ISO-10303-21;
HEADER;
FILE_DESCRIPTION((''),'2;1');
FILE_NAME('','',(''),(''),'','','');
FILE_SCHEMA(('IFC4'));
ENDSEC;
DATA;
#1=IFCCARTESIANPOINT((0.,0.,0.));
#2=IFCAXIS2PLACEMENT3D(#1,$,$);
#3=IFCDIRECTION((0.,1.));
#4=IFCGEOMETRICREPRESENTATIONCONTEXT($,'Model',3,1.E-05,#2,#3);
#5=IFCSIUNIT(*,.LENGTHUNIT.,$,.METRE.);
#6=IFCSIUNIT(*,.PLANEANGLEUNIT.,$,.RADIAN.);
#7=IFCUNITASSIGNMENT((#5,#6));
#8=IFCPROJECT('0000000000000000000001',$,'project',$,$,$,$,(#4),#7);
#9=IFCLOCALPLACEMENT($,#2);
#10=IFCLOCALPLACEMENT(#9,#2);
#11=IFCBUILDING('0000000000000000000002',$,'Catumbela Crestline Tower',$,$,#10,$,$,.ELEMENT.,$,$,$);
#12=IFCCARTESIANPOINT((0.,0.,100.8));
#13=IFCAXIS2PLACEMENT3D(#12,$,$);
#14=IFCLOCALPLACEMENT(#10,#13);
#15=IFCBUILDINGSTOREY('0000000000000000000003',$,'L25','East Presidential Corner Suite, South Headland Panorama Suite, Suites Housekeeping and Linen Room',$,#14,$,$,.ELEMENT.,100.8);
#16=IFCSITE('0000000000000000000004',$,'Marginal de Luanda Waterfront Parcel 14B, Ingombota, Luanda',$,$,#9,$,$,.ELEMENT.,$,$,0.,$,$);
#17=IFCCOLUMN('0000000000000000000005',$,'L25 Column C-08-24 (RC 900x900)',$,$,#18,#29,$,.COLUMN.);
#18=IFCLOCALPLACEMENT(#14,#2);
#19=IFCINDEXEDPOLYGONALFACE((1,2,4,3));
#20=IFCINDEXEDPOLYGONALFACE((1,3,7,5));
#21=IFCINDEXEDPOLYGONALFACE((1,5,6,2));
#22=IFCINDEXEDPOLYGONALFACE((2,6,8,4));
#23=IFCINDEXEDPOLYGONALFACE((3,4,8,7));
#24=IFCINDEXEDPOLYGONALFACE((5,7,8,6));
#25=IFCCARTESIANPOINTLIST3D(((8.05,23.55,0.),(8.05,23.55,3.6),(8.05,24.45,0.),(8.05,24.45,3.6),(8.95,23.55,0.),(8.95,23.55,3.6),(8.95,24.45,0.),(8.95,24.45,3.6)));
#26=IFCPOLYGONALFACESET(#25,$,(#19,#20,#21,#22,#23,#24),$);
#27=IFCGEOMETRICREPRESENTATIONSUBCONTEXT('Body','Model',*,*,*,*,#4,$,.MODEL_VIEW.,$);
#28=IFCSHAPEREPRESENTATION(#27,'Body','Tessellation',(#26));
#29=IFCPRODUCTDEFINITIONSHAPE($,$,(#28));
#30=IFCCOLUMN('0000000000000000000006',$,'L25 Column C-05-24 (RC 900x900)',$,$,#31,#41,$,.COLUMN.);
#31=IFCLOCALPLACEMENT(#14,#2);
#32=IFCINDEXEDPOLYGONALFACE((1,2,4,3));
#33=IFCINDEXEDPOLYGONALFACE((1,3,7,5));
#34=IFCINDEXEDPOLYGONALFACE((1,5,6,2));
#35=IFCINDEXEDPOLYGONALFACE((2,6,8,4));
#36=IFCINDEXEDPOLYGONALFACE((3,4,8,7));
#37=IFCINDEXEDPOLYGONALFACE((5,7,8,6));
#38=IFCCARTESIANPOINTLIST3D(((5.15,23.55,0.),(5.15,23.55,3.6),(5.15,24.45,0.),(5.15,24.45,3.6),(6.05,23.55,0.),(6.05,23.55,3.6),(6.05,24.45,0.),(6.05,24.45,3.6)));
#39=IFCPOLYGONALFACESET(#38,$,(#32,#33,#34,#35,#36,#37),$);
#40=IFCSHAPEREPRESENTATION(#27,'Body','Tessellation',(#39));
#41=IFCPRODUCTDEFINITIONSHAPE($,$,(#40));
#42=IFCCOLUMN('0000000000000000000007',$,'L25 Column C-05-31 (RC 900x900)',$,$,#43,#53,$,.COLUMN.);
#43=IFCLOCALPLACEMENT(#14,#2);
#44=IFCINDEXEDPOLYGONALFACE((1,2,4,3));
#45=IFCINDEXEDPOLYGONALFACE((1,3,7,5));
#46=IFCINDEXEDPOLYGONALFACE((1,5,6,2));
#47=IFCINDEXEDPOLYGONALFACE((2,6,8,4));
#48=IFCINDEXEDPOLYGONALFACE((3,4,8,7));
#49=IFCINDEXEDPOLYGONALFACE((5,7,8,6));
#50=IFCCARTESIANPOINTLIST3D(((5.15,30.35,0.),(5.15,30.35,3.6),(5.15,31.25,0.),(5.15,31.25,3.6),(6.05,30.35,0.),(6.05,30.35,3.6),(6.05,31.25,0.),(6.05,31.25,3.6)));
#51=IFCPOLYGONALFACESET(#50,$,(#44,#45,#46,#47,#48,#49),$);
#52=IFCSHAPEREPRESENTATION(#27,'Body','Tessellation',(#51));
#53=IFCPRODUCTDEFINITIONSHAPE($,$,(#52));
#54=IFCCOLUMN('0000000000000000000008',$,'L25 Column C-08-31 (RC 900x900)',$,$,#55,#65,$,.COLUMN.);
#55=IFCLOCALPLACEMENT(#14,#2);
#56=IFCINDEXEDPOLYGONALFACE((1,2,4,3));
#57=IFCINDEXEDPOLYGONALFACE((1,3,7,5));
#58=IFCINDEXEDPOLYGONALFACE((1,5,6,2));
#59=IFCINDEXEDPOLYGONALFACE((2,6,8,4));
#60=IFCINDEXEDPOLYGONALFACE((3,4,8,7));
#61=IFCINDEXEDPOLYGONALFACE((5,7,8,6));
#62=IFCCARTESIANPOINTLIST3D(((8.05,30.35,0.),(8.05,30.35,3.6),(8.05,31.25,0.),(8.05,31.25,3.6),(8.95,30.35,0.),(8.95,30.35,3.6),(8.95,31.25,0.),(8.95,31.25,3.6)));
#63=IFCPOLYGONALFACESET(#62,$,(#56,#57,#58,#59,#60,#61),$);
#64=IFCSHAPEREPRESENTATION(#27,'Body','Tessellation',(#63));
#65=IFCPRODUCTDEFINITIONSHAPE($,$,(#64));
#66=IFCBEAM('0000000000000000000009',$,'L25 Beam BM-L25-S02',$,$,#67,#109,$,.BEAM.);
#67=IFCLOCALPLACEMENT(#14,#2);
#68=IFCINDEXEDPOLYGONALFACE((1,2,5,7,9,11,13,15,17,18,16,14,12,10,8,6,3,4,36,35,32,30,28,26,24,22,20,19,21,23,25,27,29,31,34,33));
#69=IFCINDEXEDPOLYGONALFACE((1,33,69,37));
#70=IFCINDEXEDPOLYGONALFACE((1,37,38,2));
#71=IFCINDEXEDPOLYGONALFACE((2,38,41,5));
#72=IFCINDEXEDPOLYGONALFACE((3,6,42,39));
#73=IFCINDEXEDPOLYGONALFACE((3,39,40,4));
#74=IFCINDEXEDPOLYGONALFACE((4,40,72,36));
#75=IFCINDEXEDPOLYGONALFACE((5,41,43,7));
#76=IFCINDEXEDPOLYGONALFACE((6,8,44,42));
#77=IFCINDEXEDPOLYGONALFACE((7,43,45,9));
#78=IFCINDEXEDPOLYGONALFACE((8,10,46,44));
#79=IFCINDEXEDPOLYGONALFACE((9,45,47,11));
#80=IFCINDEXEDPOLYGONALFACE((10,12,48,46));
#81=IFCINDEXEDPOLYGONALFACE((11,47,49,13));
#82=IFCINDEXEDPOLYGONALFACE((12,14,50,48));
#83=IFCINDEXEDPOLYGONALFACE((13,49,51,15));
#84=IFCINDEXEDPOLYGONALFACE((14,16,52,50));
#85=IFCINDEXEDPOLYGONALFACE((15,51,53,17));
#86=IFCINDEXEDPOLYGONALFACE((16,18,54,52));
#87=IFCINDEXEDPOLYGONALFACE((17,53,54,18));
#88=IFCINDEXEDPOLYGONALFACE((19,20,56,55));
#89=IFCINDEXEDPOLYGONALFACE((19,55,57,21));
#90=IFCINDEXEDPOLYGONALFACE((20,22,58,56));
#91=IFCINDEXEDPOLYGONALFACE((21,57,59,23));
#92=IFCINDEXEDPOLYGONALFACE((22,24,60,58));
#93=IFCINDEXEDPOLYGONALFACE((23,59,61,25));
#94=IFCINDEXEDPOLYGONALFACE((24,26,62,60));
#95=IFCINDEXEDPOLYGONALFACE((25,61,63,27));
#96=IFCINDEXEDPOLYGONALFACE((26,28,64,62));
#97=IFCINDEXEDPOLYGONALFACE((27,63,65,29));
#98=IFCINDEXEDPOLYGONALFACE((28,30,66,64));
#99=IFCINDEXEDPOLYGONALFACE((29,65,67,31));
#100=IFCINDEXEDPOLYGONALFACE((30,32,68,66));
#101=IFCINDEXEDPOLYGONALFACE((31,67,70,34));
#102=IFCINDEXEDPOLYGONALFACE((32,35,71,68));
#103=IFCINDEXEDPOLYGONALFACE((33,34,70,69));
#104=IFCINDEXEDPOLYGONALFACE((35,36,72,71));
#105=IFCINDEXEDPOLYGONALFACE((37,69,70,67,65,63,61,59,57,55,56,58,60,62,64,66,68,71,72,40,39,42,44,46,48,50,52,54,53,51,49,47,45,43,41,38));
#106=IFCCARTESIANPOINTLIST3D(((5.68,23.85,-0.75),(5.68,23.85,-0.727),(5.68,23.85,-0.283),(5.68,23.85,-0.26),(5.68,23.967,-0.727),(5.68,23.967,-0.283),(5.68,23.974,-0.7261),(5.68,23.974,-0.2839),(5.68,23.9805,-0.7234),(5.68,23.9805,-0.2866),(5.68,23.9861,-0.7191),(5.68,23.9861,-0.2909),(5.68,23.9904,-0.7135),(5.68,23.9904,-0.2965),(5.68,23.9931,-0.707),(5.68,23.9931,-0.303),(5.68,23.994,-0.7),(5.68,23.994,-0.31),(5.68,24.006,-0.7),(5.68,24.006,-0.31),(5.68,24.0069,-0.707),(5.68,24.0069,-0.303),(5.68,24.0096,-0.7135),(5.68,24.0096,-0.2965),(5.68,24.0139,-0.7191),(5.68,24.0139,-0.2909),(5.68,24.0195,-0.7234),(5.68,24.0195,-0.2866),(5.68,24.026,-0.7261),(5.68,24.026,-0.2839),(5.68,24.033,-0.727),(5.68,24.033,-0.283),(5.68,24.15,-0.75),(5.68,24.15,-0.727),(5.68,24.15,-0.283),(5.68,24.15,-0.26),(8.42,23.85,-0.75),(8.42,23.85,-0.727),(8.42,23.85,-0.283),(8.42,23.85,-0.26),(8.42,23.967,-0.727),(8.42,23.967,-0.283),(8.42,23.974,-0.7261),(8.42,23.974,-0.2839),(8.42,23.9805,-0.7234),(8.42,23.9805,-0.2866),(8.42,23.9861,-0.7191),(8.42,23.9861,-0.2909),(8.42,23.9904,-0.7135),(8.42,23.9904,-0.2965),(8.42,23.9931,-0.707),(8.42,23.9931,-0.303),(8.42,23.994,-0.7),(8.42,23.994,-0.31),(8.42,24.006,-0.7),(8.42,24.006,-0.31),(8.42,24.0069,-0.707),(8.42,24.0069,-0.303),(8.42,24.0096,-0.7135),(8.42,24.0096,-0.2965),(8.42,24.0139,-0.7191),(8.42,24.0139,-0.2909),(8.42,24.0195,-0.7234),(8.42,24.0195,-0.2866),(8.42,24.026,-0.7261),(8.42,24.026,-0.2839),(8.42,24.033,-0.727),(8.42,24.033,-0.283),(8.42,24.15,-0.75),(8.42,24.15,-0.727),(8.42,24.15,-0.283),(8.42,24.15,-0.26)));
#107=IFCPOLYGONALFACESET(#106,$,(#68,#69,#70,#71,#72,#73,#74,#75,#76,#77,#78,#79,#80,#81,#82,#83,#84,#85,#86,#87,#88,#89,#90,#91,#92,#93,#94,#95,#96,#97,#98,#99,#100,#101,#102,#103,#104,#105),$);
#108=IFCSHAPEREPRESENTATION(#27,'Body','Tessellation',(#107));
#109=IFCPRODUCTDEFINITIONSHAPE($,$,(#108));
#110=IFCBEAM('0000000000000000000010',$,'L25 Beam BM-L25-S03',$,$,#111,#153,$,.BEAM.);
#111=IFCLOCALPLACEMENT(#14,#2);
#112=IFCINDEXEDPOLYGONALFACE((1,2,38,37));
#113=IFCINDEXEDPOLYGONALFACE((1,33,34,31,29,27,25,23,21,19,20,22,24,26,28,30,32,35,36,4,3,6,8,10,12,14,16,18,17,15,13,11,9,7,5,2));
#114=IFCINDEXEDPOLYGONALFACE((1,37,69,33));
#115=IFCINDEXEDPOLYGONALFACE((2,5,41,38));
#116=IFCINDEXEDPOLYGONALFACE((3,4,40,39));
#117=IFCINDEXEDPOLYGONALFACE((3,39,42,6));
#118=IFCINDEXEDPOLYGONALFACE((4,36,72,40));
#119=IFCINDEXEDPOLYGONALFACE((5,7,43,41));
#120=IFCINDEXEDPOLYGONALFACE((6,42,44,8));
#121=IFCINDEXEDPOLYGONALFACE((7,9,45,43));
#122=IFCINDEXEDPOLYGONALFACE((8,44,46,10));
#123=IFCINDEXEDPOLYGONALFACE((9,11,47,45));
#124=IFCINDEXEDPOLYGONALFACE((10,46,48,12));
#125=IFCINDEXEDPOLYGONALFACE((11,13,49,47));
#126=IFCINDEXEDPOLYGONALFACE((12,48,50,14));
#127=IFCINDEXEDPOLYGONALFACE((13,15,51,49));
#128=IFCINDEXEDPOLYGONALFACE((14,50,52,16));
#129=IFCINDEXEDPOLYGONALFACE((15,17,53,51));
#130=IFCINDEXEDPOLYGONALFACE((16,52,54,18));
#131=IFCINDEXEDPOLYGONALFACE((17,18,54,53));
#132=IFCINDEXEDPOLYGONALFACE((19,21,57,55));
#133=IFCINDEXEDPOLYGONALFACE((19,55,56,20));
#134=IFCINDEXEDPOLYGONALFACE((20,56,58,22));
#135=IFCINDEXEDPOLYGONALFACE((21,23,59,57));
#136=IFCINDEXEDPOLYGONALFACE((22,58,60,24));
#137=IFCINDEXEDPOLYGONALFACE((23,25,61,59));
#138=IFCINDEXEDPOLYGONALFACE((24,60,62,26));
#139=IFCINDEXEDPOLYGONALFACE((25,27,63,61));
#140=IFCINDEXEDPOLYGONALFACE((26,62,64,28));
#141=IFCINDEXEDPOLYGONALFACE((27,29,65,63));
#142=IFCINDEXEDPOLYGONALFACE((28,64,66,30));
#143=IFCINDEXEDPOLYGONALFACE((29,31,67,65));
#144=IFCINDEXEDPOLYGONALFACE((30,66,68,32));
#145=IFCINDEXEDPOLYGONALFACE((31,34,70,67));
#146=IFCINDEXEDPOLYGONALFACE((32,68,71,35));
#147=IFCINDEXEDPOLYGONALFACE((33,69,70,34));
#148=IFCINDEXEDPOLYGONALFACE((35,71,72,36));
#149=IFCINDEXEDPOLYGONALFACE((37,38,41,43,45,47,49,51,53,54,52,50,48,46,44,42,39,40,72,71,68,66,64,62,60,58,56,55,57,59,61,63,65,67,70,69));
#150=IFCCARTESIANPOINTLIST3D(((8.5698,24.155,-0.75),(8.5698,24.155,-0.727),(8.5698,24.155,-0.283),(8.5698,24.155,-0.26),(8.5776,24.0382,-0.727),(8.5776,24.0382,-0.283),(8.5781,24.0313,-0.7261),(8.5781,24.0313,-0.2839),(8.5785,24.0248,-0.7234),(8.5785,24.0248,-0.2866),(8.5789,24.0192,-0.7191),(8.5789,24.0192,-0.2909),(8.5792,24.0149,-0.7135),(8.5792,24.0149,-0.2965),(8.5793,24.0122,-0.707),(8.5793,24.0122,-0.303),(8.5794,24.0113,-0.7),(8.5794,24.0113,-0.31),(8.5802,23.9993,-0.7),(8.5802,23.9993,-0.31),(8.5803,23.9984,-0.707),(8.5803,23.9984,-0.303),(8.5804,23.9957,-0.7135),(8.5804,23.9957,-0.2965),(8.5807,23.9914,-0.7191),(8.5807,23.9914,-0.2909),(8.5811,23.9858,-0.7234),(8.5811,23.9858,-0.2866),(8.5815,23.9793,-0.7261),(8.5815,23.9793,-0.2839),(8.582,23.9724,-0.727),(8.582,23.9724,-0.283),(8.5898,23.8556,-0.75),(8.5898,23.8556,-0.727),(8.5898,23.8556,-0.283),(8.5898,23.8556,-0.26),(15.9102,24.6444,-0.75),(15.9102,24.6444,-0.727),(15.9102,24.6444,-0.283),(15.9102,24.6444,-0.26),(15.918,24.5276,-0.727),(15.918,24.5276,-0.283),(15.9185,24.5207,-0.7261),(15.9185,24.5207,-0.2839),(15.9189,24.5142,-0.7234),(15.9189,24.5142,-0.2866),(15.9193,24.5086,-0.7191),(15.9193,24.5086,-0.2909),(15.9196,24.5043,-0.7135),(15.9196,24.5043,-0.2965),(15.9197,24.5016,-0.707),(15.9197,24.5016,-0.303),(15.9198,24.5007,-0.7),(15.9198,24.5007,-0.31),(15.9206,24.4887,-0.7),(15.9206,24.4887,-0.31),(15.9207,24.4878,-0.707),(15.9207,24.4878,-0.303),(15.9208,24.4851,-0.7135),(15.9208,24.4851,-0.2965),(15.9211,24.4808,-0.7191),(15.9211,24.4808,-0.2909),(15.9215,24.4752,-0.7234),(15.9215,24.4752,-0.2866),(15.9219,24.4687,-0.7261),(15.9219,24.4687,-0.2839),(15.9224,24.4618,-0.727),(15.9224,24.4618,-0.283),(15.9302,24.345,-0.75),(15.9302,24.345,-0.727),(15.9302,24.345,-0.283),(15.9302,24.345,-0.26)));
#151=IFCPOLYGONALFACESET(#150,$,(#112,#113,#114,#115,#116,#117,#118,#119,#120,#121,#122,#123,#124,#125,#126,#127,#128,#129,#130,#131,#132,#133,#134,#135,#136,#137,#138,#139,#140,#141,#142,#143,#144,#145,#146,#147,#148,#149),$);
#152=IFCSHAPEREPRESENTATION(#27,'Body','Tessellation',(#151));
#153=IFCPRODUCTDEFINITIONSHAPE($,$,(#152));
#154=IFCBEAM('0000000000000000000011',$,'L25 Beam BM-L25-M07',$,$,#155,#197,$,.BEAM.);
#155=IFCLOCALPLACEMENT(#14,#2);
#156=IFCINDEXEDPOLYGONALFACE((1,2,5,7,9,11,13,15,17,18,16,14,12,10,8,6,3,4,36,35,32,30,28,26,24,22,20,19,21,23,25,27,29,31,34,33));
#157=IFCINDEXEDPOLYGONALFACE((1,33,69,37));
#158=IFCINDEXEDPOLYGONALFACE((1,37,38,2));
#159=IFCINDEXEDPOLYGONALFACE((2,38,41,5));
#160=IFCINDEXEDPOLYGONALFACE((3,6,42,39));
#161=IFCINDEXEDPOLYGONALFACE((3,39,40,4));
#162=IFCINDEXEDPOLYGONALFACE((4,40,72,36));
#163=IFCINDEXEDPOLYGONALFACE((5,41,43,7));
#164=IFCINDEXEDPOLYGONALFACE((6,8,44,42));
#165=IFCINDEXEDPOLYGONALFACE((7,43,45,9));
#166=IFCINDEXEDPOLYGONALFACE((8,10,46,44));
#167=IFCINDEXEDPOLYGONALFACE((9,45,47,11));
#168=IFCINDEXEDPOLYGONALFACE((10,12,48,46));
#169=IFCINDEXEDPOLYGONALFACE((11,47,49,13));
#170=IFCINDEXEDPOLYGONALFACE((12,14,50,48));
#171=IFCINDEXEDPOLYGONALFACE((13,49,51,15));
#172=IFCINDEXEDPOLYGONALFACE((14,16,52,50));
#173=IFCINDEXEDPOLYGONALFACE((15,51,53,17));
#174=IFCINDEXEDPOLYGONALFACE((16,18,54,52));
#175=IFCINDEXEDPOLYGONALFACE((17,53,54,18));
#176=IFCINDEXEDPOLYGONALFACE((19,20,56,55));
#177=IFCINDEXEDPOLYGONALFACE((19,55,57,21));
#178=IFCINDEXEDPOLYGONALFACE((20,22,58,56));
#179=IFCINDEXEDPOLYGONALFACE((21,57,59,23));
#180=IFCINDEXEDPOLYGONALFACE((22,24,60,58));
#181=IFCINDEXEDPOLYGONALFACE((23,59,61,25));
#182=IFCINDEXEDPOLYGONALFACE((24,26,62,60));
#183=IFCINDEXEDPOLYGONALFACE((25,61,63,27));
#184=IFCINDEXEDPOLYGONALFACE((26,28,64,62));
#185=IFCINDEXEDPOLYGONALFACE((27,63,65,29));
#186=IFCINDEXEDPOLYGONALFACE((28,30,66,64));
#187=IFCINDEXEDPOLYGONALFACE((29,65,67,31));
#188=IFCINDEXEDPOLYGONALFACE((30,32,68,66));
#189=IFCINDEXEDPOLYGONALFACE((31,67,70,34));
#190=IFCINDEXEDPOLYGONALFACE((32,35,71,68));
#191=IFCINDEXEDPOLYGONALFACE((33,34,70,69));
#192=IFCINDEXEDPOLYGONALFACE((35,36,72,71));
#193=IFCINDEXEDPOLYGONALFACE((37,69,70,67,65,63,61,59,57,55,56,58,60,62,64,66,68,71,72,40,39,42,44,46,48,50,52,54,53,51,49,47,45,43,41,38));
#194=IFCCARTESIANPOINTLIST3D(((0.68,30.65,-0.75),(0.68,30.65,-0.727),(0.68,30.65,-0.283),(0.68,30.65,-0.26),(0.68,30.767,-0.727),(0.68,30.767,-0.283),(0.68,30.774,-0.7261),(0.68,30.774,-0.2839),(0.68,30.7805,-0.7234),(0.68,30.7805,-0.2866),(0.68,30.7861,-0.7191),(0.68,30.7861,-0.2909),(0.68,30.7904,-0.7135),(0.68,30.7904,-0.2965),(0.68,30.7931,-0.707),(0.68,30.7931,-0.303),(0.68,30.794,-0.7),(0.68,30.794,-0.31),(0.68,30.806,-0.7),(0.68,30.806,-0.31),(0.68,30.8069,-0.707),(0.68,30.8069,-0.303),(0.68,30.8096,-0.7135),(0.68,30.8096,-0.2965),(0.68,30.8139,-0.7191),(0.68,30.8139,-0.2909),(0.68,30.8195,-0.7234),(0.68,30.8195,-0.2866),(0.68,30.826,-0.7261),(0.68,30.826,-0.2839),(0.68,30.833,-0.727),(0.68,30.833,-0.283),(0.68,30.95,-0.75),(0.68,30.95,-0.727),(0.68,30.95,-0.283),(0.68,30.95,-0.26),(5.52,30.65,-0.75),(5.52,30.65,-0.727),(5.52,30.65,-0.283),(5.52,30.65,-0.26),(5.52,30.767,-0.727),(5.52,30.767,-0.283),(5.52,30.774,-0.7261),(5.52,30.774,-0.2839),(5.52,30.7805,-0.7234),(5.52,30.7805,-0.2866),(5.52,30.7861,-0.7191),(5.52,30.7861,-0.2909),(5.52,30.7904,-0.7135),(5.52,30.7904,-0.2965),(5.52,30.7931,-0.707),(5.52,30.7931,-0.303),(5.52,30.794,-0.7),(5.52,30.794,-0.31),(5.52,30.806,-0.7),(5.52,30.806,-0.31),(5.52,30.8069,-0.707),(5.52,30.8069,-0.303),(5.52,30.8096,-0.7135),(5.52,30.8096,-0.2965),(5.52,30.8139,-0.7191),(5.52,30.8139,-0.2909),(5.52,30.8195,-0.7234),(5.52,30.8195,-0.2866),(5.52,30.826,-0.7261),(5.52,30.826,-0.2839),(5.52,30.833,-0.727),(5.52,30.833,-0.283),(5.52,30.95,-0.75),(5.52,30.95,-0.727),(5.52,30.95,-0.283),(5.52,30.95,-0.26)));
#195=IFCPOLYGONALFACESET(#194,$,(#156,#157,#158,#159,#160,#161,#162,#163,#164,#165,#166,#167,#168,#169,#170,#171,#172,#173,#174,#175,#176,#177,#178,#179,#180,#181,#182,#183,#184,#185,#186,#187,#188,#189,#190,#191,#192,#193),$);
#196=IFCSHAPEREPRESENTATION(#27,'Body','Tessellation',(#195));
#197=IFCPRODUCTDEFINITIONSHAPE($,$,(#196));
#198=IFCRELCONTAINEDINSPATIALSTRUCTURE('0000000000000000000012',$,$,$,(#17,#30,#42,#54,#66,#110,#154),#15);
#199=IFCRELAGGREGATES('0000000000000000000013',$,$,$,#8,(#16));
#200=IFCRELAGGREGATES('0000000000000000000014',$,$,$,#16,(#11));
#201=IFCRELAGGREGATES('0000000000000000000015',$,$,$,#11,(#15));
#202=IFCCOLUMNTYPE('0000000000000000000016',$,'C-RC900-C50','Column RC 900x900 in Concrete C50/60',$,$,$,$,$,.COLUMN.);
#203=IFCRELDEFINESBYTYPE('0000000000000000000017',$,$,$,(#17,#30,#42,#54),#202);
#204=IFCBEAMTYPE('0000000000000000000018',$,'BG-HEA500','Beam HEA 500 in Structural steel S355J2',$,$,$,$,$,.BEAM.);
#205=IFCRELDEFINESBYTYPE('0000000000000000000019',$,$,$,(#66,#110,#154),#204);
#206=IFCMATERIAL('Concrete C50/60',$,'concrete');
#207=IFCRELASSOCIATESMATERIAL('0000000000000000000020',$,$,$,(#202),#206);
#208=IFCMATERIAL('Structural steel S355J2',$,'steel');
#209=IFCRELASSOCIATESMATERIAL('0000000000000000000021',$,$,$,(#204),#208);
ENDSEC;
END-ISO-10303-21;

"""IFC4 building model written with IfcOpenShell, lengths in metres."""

from ifc_helpers import new_model, si_unit, direction, frame, origin, origin_2d, place, context, subcontext, project, spatial, rectangle, i_section, extrude, material, material_profile, profile_set, type_object, element, save


model = new_model("IFC4")

# Units and contexts
model_context = context("Model", 3, precision=1e-05, world=origin(), true_north=direction((0.0, 1.0)))
body_context = subcontext(model_context, "Body", "Model", "MODEL_VIEW")
ifc_project = project(units=[si_unit("LENGTHUNIT", "METRE"), si_unit("PLANEANGLEUNIT", "RADIAN")], contexts=[model_context])

# Site, building, storey
site_placement = place(None, origin())
site = spatial("IfcSite", under=ifc_project, at=site_placement, Name="Marginal de Luanda Waterfront Parcel 14B, Ingombota, Luanda", CompositionType="ELEMENT", RefElevation=0.0)
building_placement = place(site_placement, origin())
building = spatial("IfcBuilding", under=site, at=building_placement, Name="Catumbela Crestline Tower", CompositionType="ELEMENT")
storey_placement = place(building_placement, frame((0.0, 0.0, 100.8)))
storey = spatial("IfcBuildingStorey", under=building, at=storey_placement, Name="L25", Description="East Presidential Corner Suite, South Headland Panorama Suite, Suites Housekeeping and Linen Room", CompositionType="ELEMENT", Elevation=100.8)

# Columns
ifc_material_1 = material(Name="Concrete C50/60", Category="concrete")
ifc_material_profile_1 = material_profile(ifc_material_1, rectangle(XDim=0.9, YDim=0.9, at=origin_2d()), Name="RC 900x900")
ifc_profile_set_1 = profile_set([ifc_material_profile_1], Name="Concrete C50/60")
column_type = type_object("IfcColumnType", Name="C-RC900-C50", Description="Column RC 900x900 in Concrete C50/60", PredefinedType="COLUMN", material=ifc_profile_set_1)
for number, where, z_axis, x_axis, name in (
    (1, (8.5, 24.0, 0.0), (0.0, 0.0, 1.0), (1.0, 0.0, 0.0), "L25 Column C-08-24 (RC 900x900)"),
    (2, (5.6, 24.0, 0.0), (0.0, 0.0, 1.0), (1.0, 0.0, 0.0), "L25 Column C-05-24 (RC 900x900)"),
    (3, (5.6, 30.8, 0.0), (0.0, 0.0, 1.0), (1.0, 0.0, 0.0), "L25 Column C-05-31 (RC 900x900)"),
    (4, (8.5, 30.8, 0.0), (0.0, 0.0, 1.0), (1.0, 0.0, 0.0), "L25 Column C-08-31 (RC 900x900)"),
):
    element("IfcColumn", number, at=place(storey_placement, frame(where, z_axis=z_axis, x_axis=x_axis)), inside=storey, type_object=column_type, Name=name, PredefinedType="COLUMN", context=body_context, shape_type="SweptSolid", body=[
        extrude(rectangle(XDim=0.9, YDim=0.9, at=origin_2d()), origin(), (0.0, 0.0, 1.0), 3.6),
    ])

# Beams
ifc_material_2 = material(Name="Structural steel S355J2", Category="steel")
ifc_material_profile_2 = material_profile(ifc_material_2, i_section(OverallWidth=0.3, OverallDepth=0.49, WebThickness=0.012, FlangeThickness=0.023, FilletRadius=0.027, at=origin_2d()), Name="HEA 500")
ifc_profile_set_2 = profile_set([ifc_material_profile_2], Name="Structural steel S355J2")
beam_type = type_object("IfcBeamType", Name="BG-HEA500", Description="Beam HEA 500 in Structural steel S355J2", PredefinedType="BEAM", material=ifc_profile_set_2)
beam_1_placement = place(storey_placement, frame((5.68, 24.0, -0.505), z_axis=(1.0, 0.0, 0.0), x_axis=(0.0, 1.0, 0.0)))
element("IfcBeam", 5, at=beam_1_placement, inside=storey, type_object=beam_type, Name="L25 Beam BM-L25-S02", PredefinedType="BEAM", context=body_context, shape_type="SweptSolid", body=[
    extrude(i_section(OverallWidth=0.3, OverallDepth=0.49, WebThickness=0.012, FlangeThickness=0.023, FilletRadius=0.027, at=origin_2d()), origin(), (0.0, 0.0, 1.0), 2.74),
])
beam_2_placement = place(storey_placement, frame((8.5798, 24.0053, -0.505), z_axis=(0.997785, 0.066524, 0.0), x_axis=(-0.066524, 0.997785, 0.0)))
element("IfcBeam", 6, at=beam_2_placement, inside=storey, type_object=beam_type, Name="L25 Beam BM-L25-S03", PredefinedType="BEAM", context=body_context, shape_type="SweptSolid", body=[
    extrude(i_section(OverallWidth=0.3, OverallDepth=0.49, WebThickness=0.012, FlangeThickness=0.023, FilletRadius=0.027, at=origin_2d()), origin(), (0.0, 0.0, 1.0), 7.3567),
])
beam_3_placement = place(storey_placement, frame((0.68, 30.8, -0.505), z_axis=(1.0, 0.0, 0.0), x_axis=(0.0, 1.0, 0.0)))
element("IfcBeam", 7, at=beam_3_placement, inside=storey, type_object=beam_type, Name="L25 Beam BM-L25-M07", PredefinedType="BEAM", context=body_context, shape_type="SweptSolid", body=[
    extrude(i_section(OverallWidth=0.3, OverallDepth=0.49, WebThickness=0.012, FlangeThickness=0.023, FilletRadius=0.027, at=origin_2d()), origin(), (0.0, 0.0, 1.0), 4.84),
])

save(model, "model.ifc")
